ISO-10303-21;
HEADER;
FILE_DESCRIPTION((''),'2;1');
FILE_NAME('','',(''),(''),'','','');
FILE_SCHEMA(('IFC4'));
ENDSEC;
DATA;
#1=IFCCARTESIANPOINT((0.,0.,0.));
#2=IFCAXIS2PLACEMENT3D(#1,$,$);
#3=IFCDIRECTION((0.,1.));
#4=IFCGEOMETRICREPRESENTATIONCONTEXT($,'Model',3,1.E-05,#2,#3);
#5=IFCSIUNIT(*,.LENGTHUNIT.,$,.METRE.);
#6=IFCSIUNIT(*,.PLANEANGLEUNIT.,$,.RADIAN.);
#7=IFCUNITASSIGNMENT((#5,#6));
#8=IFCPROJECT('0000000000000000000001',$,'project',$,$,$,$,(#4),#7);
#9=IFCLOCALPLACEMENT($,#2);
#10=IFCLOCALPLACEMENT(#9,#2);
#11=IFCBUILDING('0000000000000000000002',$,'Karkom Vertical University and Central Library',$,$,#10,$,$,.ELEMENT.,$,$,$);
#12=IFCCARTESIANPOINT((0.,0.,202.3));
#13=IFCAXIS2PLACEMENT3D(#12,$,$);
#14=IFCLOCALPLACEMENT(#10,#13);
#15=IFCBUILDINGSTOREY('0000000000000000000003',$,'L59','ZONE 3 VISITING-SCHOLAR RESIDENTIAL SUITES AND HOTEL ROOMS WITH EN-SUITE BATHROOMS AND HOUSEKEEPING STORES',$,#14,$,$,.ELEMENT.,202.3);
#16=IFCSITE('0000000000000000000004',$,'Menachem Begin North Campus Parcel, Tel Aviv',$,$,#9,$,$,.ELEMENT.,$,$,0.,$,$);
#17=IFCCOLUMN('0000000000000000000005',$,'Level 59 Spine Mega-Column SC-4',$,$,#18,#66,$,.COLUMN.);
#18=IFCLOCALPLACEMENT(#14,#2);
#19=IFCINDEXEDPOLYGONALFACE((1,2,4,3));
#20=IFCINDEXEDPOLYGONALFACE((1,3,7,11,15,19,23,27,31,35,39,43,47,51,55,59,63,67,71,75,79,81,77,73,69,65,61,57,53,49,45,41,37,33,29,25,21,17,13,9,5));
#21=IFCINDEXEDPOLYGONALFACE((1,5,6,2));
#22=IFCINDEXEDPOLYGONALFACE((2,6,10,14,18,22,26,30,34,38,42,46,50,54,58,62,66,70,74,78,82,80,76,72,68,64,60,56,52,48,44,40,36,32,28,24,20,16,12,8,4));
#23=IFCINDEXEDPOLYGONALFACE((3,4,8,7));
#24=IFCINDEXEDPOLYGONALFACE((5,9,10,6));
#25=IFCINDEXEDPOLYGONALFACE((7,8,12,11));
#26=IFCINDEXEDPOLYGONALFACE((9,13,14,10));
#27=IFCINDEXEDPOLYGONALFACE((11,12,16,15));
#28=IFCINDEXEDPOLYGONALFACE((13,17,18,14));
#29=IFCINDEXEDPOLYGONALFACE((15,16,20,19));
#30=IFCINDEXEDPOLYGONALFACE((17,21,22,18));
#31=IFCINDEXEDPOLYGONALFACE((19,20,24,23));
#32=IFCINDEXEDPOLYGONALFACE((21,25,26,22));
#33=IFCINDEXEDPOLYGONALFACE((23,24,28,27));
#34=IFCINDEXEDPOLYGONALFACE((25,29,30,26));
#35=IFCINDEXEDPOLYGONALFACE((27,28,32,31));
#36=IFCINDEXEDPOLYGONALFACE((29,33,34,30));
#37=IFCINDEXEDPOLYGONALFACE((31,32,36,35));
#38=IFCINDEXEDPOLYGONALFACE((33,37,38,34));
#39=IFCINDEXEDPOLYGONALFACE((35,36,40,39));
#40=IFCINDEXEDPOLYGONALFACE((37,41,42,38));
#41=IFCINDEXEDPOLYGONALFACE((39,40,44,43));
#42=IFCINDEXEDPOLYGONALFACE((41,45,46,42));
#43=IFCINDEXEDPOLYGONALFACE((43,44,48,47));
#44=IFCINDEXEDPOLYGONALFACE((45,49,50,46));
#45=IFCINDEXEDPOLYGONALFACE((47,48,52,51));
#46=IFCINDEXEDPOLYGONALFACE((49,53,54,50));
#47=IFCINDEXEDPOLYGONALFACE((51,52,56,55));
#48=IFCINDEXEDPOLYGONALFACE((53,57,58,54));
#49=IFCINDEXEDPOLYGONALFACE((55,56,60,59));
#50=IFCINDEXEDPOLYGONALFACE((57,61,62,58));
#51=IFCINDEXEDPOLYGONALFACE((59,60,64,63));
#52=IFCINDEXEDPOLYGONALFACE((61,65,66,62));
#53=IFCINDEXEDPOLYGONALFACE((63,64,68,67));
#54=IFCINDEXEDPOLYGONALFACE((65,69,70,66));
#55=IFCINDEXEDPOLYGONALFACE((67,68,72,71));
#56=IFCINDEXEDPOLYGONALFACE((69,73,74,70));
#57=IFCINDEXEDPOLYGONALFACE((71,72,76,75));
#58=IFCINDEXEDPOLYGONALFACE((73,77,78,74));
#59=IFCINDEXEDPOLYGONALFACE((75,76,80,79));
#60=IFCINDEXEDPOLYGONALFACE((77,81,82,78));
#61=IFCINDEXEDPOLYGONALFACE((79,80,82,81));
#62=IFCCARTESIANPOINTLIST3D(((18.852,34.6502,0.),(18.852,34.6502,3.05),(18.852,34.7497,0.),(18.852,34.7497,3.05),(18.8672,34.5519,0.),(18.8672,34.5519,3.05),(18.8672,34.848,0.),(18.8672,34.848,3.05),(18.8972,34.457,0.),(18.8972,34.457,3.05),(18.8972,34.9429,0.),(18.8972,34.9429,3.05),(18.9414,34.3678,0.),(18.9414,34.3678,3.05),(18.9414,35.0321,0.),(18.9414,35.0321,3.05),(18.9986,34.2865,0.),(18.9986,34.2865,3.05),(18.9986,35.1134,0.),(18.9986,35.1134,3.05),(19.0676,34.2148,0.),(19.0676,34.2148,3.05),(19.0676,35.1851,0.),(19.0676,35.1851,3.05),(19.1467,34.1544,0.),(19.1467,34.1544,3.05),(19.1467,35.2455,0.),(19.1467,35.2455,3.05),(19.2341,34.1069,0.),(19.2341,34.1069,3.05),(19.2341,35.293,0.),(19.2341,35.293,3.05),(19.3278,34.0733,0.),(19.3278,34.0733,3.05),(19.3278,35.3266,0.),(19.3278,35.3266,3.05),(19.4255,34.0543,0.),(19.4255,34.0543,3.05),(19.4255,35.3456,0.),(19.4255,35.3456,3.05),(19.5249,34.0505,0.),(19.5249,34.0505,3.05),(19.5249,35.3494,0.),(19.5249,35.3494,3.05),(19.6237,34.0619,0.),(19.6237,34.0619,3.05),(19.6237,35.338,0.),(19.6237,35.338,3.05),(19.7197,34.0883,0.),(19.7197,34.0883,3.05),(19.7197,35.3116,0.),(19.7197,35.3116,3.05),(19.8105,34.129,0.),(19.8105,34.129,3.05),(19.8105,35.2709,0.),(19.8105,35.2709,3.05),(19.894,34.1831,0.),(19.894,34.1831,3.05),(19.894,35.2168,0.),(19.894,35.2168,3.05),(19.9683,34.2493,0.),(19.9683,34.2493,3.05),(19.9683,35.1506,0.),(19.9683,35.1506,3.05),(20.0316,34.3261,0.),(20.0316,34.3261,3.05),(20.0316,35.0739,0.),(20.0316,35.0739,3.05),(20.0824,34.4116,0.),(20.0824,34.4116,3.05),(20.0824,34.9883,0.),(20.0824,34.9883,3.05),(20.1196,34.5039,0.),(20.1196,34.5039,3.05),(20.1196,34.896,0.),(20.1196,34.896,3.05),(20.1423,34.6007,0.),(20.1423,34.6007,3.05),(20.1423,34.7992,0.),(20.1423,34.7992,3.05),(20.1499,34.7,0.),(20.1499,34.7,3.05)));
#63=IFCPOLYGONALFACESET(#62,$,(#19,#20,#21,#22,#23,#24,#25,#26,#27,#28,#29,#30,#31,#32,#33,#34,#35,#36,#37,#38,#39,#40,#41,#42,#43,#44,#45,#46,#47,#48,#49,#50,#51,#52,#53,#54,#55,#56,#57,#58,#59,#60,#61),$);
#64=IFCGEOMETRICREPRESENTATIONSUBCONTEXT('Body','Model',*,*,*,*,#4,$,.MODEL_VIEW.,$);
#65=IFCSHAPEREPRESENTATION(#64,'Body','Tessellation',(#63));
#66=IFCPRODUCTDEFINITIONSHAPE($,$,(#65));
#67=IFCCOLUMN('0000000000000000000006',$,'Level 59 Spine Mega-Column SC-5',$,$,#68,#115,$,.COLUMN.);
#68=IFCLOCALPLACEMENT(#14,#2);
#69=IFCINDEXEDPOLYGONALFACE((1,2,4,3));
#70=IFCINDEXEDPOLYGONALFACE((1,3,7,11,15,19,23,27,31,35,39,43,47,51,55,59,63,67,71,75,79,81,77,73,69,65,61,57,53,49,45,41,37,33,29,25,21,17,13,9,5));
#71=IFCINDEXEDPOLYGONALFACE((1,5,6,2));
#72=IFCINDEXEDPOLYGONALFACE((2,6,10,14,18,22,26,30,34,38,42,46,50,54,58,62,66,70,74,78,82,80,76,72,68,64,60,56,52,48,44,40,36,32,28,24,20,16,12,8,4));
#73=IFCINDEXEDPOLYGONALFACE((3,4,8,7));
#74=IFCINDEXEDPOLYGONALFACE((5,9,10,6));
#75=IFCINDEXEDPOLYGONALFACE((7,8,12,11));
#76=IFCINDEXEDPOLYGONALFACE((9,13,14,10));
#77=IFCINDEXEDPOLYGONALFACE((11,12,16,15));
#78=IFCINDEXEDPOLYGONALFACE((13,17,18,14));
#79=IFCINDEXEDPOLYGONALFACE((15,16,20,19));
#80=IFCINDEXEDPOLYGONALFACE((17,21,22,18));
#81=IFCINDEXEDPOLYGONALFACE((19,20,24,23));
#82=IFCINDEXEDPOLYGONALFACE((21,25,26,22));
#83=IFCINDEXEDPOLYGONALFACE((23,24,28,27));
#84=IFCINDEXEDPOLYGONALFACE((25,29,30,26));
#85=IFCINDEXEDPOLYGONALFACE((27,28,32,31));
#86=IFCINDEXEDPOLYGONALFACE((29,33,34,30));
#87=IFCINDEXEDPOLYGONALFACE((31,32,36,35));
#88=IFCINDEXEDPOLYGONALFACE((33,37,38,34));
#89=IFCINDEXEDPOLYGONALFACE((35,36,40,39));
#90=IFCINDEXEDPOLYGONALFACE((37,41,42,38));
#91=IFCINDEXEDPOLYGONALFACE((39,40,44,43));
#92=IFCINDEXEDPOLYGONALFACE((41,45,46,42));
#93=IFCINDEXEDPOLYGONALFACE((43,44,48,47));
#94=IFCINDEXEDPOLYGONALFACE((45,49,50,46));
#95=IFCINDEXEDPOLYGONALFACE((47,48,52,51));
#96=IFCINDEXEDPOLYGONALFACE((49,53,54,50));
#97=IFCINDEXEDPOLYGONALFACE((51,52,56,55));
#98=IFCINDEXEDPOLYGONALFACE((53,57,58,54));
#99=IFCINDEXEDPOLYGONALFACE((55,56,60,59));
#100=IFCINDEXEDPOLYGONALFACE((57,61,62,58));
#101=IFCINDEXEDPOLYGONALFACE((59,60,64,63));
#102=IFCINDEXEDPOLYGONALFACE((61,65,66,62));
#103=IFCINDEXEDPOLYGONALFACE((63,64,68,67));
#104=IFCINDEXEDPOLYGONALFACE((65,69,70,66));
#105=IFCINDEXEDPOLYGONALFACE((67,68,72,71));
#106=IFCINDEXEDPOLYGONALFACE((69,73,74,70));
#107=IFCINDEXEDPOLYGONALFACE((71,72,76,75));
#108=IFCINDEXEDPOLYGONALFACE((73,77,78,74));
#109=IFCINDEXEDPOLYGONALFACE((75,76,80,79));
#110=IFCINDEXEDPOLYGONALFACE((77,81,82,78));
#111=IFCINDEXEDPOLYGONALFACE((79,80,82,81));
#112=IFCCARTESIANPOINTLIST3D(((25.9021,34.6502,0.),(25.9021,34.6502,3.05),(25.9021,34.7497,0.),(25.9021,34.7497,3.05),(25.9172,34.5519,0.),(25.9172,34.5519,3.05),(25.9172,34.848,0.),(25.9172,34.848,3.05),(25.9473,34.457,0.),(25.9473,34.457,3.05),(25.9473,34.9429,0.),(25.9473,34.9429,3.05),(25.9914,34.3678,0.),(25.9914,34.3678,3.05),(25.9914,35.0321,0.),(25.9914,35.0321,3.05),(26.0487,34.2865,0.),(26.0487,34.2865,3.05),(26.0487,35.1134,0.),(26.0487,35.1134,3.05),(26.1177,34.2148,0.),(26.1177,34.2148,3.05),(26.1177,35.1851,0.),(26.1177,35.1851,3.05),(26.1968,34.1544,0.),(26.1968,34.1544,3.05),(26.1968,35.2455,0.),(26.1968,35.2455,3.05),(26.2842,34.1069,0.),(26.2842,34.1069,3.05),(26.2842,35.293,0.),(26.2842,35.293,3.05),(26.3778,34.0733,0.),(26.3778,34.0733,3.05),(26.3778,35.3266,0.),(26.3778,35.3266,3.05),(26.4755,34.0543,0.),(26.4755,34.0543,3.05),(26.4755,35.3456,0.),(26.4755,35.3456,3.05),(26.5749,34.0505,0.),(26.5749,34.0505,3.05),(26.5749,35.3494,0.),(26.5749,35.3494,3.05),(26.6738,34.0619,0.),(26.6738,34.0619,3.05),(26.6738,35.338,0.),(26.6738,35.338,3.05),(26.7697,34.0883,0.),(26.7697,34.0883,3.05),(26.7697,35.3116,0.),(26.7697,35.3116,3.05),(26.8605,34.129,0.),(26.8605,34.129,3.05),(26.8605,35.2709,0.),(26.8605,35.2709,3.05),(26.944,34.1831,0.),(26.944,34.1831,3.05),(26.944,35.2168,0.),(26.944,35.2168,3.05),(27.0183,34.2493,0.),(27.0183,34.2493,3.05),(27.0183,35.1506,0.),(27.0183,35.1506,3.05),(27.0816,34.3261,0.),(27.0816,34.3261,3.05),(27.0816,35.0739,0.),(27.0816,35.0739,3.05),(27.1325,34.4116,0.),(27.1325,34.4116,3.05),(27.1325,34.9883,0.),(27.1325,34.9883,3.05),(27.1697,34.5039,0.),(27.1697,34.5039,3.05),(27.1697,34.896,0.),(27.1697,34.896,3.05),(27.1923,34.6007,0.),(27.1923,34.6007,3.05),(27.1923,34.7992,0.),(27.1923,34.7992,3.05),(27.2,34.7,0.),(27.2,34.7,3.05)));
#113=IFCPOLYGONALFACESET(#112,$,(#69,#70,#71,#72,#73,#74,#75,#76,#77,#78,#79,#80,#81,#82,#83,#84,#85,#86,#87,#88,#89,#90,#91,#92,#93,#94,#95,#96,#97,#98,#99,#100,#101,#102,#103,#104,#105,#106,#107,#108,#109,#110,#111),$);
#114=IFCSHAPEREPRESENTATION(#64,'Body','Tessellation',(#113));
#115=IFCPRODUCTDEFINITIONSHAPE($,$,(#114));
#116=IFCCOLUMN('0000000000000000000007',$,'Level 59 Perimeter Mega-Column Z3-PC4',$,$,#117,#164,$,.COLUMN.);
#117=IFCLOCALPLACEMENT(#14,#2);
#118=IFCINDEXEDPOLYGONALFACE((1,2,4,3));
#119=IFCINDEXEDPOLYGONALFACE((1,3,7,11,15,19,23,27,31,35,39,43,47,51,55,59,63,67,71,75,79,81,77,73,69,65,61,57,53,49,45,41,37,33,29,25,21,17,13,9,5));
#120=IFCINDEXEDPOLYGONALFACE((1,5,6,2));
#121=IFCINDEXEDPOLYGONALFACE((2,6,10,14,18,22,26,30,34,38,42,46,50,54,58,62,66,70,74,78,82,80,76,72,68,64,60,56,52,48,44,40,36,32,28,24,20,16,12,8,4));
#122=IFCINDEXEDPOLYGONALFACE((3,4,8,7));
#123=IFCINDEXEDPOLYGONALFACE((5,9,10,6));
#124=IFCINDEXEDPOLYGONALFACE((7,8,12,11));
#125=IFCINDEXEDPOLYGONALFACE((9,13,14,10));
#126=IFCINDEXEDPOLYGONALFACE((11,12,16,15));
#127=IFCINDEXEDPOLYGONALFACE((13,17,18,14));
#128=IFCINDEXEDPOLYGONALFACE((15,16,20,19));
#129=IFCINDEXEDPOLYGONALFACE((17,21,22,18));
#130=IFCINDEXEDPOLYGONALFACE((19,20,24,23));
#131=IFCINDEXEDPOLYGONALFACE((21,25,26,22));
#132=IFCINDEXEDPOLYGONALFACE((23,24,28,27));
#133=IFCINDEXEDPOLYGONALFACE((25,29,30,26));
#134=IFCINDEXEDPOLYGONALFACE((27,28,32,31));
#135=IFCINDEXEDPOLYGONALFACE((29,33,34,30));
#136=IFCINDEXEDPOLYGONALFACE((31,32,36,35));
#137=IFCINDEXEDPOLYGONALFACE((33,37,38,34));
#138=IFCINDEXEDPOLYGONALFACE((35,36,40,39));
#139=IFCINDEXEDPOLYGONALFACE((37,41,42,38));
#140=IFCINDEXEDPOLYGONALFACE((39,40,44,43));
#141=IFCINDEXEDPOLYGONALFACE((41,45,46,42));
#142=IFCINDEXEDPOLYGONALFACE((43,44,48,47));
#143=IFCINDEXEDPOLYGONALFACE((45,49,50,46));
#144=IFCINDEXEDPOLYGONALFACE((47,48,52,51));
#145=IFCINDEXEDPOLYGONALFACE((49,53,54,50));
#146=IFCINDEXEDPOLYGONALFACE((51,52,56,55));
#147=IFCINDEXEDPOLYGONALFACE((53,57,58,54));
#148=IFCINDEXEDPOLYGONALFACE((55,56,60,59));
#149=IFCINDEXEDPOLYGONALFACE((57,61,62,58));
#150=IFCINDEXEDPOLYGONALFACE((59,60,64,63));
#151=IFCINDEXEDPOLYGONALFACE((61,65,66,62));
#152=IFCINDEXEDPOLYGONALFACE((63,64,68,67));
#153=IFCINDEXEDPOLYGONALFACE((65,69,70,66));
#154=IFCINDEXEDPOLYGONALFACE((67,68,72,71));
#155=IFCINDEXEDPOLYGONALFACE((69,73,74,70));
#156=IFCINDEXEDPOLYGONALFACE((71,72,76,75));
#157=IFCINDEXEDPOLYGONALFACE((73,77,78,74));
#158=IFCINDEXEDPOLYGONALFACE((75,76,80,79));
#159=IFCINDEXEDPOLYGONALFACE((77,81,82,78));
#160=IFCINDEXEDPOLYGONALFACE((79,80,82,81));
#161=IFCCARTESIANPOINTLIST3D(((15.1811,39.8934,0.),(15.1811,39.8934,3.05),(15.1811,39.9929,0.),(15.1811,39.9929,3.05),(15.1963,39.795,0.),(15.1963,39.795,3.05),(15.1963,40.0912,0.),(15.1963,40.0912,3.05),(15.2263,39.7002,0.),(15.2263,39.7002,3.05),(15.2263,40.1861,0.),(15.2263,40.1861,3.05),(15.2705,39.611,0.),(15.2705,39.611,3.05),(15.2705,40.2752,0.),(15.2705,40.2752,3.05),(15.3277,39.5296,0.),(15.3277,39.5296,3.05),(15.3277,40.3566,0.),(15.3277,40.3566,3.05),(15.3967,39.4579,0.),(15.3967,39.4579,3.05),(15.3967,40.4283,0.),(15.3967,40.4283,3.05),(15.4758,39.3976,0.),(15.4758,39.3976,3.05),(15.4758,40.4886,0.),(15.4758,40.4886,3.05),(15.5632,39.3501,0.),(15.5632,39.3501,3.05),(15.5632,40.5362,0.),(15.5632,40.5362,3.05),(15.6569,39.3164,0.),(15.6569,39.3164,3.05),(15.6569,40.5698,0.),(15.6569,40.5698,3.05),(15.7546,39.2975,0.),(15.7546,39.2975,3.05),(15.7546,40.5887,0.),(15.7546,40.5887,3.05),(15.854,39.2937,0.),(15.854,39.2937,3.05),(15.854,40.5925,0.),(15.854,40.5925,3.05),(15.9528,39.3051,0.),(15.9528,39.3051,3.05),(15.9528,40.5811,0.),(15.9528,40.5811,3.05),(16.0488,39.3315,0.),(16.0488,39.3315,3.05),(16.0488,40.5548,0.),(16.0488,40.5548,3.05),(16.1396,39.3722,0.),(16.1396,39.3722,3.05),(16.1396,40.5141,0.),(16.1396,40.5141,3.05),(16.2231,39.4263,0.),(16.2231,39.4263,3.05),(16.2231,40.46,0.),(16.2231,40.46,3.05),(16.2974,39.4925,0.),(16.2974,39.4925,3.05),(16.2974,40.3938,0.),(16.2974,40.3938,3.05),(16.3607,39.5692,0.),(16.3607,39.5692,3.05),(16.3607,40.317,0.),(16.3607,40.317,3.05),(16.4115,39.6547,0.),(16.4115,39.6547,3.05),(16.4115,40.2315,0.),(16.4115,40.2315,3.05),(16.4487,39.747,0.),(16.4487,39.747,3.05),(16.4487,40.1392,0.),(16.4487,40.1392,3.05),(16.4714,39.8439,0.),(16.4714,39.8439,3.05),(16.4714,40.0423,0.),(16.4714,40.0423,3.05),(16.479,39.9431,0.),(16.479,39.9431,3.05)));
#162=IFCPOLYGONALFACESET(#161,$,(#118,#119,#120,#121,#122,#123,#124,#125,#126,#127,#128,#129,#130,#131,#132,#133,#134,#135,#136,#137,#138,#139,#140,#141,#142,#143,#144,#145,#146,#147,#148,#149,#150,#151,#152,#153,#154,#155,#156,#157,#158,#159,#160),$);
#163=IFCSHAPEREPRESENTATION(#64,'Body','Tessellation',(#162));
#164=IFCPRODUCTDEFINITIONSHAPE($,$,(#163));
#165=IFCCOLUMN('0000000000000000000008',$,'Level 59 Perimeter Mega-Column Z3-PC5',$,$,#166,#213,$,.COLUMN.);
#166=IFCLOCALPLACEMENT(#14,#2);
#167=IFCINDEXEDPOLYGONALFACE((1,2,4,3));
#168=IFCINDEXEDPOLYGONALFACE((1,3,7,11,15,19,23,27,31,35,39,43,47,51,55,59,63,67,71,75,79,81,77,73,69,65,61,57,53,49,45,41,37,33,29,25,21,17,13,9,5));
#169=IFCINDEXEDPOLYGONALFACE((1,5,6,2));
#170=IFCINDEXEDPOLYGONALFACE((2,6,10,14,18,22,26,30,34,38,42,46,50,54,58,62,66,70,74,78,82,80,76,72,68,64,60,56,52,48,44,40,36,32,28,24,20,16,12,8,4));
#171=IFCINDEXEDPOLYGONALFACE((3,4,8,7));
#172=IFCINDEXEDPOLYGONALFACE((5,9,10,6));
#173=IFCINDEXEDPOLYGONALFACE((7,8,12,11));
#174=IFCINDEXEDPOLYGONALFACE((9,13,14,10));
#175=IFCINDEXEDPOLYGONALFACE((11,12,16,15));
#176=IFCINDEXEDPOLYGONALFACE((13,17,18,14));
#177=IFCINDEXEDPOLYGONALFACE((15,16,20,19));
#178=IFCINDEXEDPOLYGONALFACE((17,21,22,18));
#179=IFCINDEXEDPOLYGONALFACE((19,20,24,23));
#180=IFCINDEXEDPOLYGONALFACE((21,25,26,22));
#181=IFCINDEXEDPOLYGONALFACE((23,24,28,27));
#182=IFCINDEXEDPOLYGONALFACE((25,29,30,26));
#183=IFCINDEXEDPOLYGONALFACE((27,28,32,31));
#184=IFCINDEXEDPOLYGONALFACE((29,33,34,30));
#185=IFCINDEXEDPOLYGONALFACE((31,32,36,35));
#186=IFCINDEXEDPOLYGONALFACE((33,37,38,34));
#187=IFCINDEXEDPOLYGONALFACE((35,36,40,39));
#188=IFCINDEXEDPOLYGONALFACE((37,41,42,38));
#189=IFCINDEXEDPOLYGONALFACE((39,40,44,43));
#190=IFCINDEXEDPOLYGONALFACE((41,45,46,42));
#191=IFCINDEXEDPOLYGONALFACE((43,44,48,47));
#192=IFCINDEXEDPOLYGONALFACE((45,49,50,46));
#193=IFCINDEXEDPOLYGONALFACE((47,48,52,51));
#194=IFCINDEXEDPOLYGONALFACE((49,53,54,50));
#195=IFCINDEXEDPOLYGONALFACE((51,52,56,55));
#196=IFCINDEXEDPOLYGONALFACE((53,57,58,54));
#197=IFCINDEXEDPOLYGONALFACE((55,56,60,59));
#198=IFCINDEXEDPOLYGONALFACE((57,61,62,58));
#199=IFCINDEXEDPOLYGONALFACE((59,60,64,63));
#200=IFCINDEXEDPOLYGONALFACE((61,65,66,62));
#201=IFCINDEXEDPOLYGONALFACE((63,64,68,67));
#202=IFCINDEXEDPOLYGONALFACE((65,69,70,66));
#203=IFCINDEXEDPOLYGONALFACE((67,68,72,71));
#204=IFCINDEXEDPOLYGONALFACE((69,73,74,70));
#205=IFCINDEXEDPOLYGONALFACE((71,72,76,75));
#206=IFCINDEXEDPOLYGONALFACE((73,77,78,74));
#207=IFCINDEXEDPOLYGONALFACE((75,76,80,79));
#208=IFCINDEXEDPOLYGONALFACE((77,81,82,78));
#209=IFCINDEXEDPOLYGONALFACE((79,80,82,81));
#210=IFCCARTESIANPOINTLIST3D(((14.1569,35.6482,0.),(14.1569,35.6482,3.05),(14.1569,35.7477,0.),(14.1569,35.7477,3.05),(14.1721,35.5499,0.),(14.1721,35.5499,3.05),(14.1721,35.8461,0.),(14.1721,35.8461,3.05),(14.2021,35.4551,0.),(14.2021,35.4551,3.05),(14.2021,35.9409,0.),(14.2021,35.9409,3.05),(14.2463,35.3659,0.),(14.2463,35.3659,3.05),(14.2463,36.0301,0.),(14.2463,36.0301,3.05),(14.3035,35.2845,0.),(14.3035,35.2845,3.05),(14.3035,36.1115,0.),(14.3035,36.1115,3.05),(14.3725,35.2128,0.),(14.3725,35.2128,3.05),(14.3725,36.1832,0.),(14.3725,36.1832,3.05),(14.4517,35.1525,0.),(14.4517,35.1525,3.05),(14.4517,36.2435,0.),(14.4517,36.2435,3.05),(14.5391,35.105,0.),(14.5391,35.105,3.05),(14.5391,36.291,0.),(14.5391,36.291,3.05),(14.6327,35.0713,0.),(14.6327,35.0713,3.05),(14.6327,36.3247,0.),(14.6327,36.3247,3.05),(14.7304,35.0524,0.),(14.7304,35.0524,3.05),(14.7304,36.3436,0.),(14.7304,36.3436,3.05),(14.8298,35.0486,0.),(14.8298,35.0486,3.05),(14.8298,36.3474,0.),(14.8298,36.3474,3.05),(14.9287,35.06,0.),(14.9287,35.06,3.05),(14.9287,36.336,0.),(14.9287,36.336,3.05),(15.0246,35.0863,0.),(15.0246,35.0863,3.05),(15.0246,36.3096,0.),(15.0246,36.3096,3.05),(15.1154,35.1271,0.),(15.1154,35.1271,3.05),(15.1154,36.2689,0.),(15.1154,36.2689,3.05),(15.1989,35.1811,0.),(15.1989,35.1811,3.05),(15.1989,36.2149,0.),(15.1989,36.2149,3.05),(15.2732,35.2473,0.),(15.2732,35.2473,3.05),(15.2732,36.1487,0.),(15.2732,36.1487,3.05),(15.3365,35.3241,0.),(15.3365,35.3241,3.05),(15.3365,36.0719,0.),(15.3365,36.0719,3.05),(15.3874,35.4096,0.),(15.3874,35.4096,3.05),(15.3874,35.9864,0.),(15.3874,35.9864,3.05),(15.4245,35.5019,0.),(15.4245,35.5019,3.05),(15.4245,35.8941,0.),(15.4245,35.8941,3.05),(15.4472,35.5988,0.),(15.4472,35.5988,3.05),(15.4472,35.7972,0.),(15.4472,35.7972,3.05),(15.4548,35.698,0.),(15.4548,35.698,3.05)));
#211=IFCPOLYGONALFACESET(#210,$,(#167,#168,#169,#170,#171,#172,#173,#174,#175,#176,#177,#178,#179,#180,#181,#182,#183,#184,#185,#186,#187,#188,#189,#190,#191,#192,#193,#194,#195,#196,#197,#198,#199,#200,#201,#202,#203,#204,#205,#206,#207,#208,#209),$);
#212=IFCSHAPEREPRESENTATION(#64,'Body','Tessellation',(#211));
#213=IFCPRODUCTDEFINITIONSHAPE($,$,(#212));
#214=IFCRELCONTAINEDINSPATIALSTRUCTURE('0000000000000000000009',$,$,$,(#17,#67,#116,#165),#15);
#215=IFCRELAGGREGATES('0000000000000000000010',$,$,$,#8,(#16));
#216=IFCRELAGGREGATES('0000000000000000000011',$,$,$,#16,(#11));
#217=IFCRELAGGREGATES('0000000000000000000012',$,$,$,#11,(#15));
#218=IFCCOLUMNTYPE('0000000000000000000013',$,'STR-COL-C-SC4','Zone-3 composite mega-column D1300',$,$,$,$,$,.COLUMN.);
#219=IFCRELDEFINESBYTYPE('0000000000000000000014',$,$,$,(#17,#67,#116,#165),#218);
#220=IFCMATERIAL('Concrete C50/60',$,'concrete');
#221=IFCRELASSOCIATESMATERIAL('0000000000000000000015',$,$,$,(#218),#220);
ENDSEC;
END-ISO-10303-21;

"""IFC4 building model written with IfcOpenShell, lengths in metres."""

from ifc_helpers import new_model, si_unit, direction, frame, origin, origin_with_axes, origin_2d, place, context, subcontext, project, spatial, circle, extrude, source, transform, mapped, material, material_profile, profile_set, type_object, element, save


model = new_model("IFC4")

# Units and contexts
model_context = context("Model", 3, precision=1e-05, world=origin(), true_north=direction((0.0, 1.0)))
body_context = subcontext(model_context, "Body", "Model", "MODEL_VIEW")
ifc_project = project(units=[si_unit("LENGTHUNIT", "METRE"), si_unit("PLANEANGLEUNIT", "RADIAN")], contexts=[model_context])

# Site, building, storey
site_placement = place(None, origin())
site = spatial("IfcSite", under=ifc_project, at=site_placement, Name="Menachem Begin North Campus Parcel, Tel Aviv", CompositionType="ELEMENT", RefElevation=0.0)
building_placement = place(site_placement, origin())
building = spatial("IfcBuilding", under=site, at=building_placement, Name="Karkom Vertical University and Central Library", CompositionType="ELEMENT")
storey_placement = place(building_placement, frame((0.0, 0.0, 202.3)))
storey = spatial("IfcBuildingStorey", under=building, at=storey_placement, Name="L59", Description="ZONE 3 VISITING-SCHOLAR RESIDENTIAL SUITES AND HOTEL ROOMS WITH EN-SUITE BATHROOMS AND HOUSEKEEPING STORES", CompositionType="ELEMENT", Elevation=202.3)

# Columns
ifc_material_1 = material(Name="Concrete C50/60", Category="concrete")
ifc_material_profile_1 = material_profile(ifc_material_1, circle(Radius=0.6499, at=origin_2d()), Name="CFT-D1300")
ifc_profile_set_1 = profile_set([ifc_material_profile_1], Name="Concrete C50/60")
column_type = type_object("IfcColumnType", Name="STR-COL-C-SC4", Description="Zone-3 composite mega-column D1300", PredefinedType="COLUMN", material=ifc_profile_set_1)
shared_shape_1 = source(origin_with_axes(), body_context, "Body", "SweptSolid", [
    extrude(circle(Radius=0.6499, at=origin_2d()), origin(), (0.0, 0.0, 1.0), 3.05),
])
for number, where, z_axis, x_axis, name in (
    (1, (19.5, 34.7, 0.0), (0.0, 0.0, 1.0), (1.0, 0.0, 0.0), "Level 59 Spine Mega-Column SC-4"),
    (2, (26.55, 34.7, 0.0), (0.0, 0.0, 1.0), (1.0, 0.0, 0.0), "Level 59 Spine Mega-Column SC-5"),
    (3, (15.8291, 39.9431, 0.0), (0.0, 0.0, 1.0), (1.0, 0.0, 0.0), "Level 59 Perimeter Mega-Column Z3-PC4"),
    (4, (14.8049, 35.698, 0.0), (0.0, 0.0, 1.0), (1.0, 0.0, 0.0), "Level 59 Perimeter Mega-Column Z3-PC5"),
):
    element("IfcColumn", number, at=place(storey_placement, frame(where, z_axis=z_axis, x_axis=x_axis)), inside=storey, type_object=column_type, Name=name, PredefinedType="COLUMN", context=body_context, shape_type="MappedRepresentation", body=[
        mapped(shared_shape_1, transform((0.0, 0.0, 0.0), scale=1.0)),
    ])

save(model, "model.ifc")
